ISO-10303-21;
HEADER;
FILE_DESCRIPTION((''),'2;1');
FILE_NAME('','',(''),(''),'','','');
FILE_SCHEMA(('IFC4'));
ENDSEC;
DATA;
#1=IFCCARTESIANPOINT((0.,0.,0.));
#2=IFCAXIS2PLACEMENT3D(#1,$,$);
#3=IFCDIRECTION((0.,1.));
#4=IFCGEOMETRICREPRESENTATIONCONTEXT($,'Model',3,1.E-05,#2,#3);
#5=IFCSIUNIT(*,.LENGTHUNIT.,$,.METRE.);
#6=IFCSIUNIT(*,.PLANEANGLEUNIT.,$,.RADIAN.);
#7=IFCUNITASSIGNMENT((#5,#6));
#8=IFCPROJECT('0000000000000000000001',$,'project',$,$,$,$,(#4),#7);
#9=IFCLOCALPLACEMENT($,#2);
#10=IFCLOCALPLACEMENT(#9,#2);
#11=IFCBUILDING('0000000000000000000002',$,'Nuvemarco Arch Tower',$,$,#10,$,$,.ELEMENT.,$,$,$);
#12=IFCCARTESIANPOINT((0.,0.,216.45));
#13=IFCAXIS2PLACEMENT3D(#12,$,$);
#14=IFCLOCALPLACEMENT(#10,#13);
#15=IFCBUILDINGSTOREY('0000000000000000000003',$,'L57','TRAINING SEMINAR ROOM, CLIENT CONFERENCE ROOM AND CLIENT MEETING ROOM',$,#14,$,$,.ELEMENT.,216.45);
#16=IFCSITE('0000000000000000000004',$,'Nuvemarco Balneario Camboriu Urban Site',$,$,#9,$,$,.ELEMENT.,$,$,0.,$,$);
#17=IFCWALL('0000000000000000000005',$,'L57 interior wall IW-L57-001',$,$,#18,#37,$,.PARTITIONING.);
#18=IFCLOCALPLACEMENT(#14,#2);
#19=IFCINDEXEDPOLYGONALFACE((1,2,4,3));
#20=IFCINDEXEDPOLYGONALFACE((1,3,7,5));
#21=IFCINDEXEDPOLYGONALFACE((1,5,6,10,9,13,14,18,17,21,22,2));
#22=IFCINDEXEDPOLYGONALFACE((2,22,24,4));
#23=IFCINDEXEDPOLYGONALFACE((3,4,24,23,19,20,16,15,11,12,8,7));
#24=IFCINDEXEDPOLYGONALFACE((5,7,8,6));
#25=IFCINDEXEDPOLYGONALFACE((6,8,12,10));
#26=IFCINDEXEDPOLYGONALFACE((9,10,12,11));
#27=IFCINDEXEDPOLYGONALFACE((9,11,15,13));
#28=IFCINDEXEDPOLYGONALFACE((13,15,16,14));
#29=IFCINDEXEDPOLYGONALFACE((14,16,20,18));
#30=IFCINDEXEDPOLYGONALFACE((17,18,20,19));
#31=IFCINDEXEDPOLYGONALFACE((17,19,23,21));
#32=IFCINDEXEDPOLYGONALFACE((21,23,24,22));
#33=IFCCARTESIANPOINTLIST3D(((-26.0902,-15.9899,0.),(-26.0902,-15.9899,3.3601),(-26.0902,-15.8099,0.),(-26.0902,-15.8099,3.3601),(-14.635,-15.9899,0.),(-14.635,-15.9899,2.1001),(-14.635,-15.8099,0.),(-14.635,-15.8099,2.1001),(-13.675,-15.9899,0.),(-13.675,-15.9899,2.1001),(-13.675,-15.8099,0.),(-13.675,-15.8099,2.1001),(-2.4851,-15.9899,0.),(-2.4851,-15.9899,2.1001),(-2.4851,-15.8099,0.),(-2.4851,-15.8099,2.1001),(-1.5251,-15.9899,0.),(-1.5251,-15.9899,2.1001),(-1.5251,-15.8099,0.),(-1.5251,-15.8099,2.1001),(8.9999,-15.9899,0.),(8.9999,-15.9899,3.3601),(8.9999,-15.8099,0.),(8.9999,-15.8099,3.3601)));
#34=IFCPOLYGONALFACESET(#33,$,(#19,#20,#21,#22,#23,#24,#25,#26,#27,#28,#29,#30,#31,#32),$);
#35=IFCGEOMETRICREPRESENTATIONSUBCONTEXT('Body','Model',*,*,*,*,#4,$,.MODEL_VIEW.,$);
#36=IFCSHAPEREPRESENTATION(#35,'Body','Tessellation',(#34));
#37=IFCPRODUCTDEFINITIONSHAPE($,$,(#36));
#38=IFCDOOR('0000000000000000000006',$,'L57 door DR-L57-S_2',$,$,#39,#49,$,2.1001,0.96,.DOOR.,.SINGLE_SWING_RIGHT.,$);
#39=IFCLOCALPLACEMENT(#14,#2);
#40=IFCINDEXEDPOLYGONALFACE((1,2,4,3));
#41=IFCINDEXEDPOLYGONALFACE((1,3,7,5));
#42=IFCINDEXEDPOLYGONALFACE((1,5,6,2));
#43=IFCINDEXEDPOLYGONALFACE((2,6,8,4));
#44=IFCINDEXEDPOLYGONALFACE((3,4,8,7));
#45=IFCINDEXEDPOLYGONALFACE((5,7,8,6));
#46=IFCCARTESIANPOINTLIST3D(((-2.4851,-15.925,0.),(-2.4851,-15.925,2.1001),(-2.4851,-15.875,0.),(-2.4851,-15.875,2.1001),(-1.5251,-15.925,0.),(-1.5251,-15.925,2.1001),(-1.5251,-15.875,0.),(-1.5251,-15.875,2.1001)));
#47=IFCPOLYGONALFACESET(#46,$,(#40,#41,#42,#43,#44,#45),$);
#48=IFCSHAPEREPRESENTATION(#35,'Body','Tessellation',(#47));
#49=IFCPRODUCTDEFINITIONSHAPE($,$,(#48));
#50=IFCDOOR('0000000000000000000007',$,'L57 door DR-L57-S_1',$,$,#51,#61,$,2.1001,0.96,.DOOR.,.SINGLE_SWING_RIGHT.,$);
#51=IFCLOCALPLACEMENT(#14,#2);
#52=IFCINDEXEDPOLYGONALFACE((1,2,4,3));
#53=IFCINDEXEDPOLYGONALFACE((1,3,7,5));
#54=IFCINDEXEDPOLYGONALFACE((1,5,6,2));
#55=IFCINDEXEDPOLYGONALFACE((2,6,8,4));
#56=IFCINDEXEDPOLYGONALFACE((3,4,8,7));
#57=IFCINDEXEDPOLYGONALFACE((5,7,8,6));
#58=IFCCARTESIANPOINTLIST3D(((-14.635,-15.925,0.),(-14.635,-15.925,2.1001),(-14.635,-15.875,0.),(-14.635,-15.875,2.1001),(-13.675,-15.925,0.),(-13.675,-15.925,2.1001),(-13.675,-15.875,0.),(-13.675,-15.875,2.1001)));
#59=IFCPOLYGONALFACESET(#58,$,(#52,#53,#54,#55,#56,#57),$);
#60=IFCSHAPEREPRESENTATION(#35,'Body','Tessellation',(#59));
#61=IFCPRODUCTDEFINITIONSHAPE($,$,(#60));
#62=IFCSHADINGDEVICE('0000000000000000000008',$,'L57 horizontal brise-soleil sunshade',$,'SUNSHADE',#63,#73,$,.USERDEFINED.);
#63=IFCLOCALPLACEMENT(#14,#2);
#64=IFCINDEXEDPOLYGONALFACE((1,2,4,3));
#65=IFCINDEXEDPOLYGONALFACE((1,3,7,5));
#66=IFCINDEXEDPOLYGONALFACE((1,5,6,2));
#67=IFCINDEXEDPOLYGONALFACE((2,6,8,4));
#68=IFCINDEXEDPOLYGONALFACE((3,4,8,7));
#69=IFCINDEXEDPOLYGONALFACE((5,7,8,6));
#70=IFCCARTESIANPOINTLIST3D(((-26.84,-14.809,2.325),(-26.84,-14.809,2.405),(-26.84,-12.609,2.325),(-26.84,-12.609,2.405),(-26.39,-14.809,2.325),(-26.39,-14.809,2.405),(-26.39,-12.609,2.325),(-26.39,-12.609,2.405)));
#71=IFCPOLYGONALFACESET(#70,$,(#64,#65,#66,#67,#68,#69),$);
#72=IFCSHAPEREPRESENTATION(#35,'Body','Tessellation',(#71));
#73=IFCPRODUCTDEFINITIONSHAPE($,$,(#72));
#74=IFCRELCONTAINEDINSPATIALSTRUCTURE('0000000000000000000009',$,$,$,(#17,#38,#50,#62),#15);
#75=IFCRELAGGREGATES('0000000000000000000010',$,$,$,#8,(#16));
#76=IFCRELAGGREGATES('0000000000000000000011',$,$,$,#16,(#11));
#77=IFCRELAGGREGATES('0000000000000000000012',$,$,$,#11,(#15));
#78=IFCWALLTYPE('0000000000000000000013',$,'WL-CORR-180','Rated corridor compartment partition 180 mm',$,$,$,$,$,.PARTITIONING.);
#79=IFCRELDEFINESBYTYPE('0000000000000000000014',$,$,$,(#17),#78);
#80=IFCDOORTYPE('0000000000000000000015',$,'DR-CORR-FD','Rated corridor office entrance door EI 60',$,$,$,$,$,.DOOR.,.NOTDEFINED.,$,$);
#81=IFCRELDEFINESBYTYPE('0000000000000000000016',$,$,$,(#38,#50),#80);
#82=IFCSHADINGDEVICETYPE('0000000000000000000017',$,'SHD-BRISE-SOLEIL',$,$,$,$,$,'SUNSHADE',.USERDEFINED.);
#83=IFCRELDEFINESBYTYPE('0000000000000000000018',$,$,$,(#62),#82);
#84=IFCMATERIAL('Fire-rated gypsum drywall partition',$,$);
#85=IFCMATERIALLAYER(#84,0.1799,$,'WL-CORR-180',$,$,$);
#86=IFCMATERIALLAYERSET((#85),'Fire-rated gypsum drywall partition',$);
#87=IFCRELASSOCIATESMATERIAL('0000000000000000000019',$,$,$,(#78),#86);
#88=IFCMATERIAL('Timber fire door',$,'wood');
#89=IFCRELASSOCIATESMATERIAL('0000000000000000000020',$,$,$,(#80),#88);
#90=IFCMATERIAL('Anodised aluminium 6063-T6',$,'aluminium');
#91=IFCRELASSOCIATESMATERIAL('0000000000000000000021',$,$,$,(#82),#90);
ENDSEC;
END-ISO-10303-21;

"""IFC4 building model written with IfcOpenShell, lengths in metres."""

from ifc_helpers import new_model, si_unit, direction, frame, frame_2d, origin, origin_2d, place, context, subcontext, project, spatial, rectangle, extrude, source, transform, mapped, material, layer, layer_set, type_object, type_shapes, element, fill, save


model = new_model("IFC4")

# Units and contexts
model_context = context("Model", 3, precision=1e-05, world=origin(), true_north=direction((0.0, 1.0)))
body_context = subcontext(model_context, "Body", "Model", "MODEL_VIEW")
ifc_project = project(units=[si_unit("LENGTHUNIT", "METRE"), si_unit("PLANEANGLEUNIT", "RADIAN")], contexts=[model_context])

# Site, building, storey
site_placement = place(None, origin())
site = spatial("IfcSite", under=ifc_project, at=site_placement, Name="Nuvemarco Balneario Camboriu Urban Site", CompositionType="ELEMENT", RefElevation=0.0)
building_placement = place(site_placement, origin())
building = spatial("IfcBuilding", under=site, at=building_placement, Name="Nuvemarco Arch Tower", CompositionType="ELEMENT")
storey_placement = place(building_placement, frame((0.0, 0.0, 216.45)))
storey = spatial("IfcBuildingStorey", under=building, at=storey_placement, Name="L57", Description="TRAINING SEMINAR ROOM, CLIENT CONFERENCE ROOM AND CLIENT MEETING ROOM", CompositionType="ELEMENT", Elevation=216.45)

# Wall, openings, doors
ifc_material_1 = material(Name="Fire-rated gypsum drywall partition")
ifc_layer_1 = layer(ifc_material_1, 0.1799, Name="WL-CORR-180")
ifc_layer_set_1 = layer_set([ifc_layer_1], Name="Fire-rated gypsum drywall partition")
wall_type_1 = type_object("IfcWallType", Name="WL-CORR-180", Description="Rated corridor compartment partition 180 mm", PredefinedType="PARTITIONING", material=ifc_layer_set_1)
wall_1_placement = place(storey_placement, frame((-26.0901, -15.8999, 0.0), z_axis=(0.0, 0.0, 1.0), x_axis=(1.0, 0.0, 0.0)))
wall_1 = element("IfcWall", 1, at=wall_1_placement, inside=storey, type_object=wall_type_1, Name="L57 interior wall IW-L57-001", PredefinedType="PARTITIONING", context=body_context, shape_type="SweptSolid", body=[
    extrude(rectangle(XDim=35.0901, YDim=0.1799, at=frame_2d((17.5449, 0.0))), origin(), (0.0, 0.0, 1.0), 3.3601),
])
opening_1_placement = place(wall_1_placement, frame((23.605, 0.0, 0.0)))
opening_1 = element("IfcOpeningElement", 2, at=opening_1_placement, cuts=wall_1, PredefinedType="OPENING", context=body_context, shape_type="SweptSolid", body=[
    extrude(rectangle(XDim=0.96, YDim=2.1001, at=frame_2d((0.48, 1.05))), frame((0.0, 0.0999, 0.0), z_axis=(0.0, -1.0, 0.0), x_axis=(1.0, 0.0, 0.0)), (0.0, 0.0, 1.0), 0.2),
])
opening_2_placement = place(wall_1_placement, frame((11.4551, 0.0, 0.0)))
opening_2 = element("IfcOpeningElement", 3, at=opening_2_placement, cuts=wall_1, PredefinedType="OPENING", context=body_context, shape_type="SweptSolid", body=[
    extrude(rectangle(XDim=0.96, YDim=2.1001, at=frame_2d((0.48, 1.05))), frame((0.0, 0.0999, 0.0), z_axis=(0.0, -1.0, 0.0), x_axis=(1.0, 0.0, 0.0)), (0.0, 0.0, 1.0), 0.2),
])
ifc_material_2 = material(Name="Timber fire door", Category="wood")
door_type = type_object("IfcDoorType", Name="DR-CORR-FD", Description="Rated corridor office entrance door EI 60", OperationType="NOTDEFINED", PredefinedType="DOOR", material=ifc_material_2)
shared_shape_1 = source(origin(), body_context, "Body", "SweptSolid", [
    extrude(rectangle(XDim=0.96, YDim=2.1001, at=frame_2d((0.48, 1.05))), frame((0.0, 0.0249, 0.0), z_axis=(0.0, -1.0, 0.0), x_axis=(1.0, 0.0, 0.0)), (0.0, 0.0, 1.0), 0.05),
])
type_shapes(door_type, [shared_shape_1])
door_1_placement = place(opening_1_placement, origin())
door_1 = element("IfcDoor", 4, at=door_1_placement, inside=storey, type_object=door_type, Name="L57 door DR-L57-S_2", OperationType="SINGLE_SWING_RIGHT", OverallHeight=2.1001, OverallWidth=0.96, PredefinedType="DOOR", context=body_context, shape_type="MappedRepresentation", body=[
    mapped(shared_shape_1, transform((0.0, 0.0, 0.0), scale=1.0)),
])
fill(opening_1, door_1)
door_2_placement = place(opening_2_placement, origin())
door_2 = element("IfcDoor", 5, at=door_2_placement, inside=storey, type_object=door_type, Name="L57 door DR-L57-S_1", OperationType="SINGLE_SWING_RIGHT", OverallHeight=2.1001, OverallWidth=0.96, PredefinedType="DOOR", context=body_context, shape_type="MappedRepresentation", body=[
    mapped(shared_shape_1, transform((0.0, 0.0, 0.0), scale=1.0)),
])
fill(opening_2, door_2)

# Shading device
ifc_material_3 = material(Name="Anodised aluminium 6063-T6", Category="aluminium")
shading_device_type = type_object("IfcShadingDeviceType", Name="SHD-BRISE-SOLEIL", ElementType="SUNSHADE", PredefinedType="USERDEFINED", material=ifc_material_3)
shared_shape_2 = source(origin(), body_context, "Body", "SweptSolid", [
    extrude(rectangle(XDim=2.2, YDim=0.45, at=origin_2d()), origin(), (0.0, 0.0, 1.0), 0.0801),
])
type_shapes(shading_device_type, [shared_shape_2])
shading_device_placement = place(storey_placement, frame((-26.615, -13.709, 2.325), z_axis=(0.0, 0.0, 1.0), x_axis=(0.0, 1.0, 0.0)))
element("IfcShadingDevice", 6, at=shading_device_placement, inside=storey, type_object=shading_device_type, Name="L57 horizontal brise-soleil sunshade", ObjectType="SUNSHADE", PredefinedType="USERDEFINED", context=body_context, shape_type="MappedRepresentation", body=[
    mapped(shared_shape_2, transform((0.0, 0.0, 0.0), scale=1.0)),
])

save(model, "model.ifc")
